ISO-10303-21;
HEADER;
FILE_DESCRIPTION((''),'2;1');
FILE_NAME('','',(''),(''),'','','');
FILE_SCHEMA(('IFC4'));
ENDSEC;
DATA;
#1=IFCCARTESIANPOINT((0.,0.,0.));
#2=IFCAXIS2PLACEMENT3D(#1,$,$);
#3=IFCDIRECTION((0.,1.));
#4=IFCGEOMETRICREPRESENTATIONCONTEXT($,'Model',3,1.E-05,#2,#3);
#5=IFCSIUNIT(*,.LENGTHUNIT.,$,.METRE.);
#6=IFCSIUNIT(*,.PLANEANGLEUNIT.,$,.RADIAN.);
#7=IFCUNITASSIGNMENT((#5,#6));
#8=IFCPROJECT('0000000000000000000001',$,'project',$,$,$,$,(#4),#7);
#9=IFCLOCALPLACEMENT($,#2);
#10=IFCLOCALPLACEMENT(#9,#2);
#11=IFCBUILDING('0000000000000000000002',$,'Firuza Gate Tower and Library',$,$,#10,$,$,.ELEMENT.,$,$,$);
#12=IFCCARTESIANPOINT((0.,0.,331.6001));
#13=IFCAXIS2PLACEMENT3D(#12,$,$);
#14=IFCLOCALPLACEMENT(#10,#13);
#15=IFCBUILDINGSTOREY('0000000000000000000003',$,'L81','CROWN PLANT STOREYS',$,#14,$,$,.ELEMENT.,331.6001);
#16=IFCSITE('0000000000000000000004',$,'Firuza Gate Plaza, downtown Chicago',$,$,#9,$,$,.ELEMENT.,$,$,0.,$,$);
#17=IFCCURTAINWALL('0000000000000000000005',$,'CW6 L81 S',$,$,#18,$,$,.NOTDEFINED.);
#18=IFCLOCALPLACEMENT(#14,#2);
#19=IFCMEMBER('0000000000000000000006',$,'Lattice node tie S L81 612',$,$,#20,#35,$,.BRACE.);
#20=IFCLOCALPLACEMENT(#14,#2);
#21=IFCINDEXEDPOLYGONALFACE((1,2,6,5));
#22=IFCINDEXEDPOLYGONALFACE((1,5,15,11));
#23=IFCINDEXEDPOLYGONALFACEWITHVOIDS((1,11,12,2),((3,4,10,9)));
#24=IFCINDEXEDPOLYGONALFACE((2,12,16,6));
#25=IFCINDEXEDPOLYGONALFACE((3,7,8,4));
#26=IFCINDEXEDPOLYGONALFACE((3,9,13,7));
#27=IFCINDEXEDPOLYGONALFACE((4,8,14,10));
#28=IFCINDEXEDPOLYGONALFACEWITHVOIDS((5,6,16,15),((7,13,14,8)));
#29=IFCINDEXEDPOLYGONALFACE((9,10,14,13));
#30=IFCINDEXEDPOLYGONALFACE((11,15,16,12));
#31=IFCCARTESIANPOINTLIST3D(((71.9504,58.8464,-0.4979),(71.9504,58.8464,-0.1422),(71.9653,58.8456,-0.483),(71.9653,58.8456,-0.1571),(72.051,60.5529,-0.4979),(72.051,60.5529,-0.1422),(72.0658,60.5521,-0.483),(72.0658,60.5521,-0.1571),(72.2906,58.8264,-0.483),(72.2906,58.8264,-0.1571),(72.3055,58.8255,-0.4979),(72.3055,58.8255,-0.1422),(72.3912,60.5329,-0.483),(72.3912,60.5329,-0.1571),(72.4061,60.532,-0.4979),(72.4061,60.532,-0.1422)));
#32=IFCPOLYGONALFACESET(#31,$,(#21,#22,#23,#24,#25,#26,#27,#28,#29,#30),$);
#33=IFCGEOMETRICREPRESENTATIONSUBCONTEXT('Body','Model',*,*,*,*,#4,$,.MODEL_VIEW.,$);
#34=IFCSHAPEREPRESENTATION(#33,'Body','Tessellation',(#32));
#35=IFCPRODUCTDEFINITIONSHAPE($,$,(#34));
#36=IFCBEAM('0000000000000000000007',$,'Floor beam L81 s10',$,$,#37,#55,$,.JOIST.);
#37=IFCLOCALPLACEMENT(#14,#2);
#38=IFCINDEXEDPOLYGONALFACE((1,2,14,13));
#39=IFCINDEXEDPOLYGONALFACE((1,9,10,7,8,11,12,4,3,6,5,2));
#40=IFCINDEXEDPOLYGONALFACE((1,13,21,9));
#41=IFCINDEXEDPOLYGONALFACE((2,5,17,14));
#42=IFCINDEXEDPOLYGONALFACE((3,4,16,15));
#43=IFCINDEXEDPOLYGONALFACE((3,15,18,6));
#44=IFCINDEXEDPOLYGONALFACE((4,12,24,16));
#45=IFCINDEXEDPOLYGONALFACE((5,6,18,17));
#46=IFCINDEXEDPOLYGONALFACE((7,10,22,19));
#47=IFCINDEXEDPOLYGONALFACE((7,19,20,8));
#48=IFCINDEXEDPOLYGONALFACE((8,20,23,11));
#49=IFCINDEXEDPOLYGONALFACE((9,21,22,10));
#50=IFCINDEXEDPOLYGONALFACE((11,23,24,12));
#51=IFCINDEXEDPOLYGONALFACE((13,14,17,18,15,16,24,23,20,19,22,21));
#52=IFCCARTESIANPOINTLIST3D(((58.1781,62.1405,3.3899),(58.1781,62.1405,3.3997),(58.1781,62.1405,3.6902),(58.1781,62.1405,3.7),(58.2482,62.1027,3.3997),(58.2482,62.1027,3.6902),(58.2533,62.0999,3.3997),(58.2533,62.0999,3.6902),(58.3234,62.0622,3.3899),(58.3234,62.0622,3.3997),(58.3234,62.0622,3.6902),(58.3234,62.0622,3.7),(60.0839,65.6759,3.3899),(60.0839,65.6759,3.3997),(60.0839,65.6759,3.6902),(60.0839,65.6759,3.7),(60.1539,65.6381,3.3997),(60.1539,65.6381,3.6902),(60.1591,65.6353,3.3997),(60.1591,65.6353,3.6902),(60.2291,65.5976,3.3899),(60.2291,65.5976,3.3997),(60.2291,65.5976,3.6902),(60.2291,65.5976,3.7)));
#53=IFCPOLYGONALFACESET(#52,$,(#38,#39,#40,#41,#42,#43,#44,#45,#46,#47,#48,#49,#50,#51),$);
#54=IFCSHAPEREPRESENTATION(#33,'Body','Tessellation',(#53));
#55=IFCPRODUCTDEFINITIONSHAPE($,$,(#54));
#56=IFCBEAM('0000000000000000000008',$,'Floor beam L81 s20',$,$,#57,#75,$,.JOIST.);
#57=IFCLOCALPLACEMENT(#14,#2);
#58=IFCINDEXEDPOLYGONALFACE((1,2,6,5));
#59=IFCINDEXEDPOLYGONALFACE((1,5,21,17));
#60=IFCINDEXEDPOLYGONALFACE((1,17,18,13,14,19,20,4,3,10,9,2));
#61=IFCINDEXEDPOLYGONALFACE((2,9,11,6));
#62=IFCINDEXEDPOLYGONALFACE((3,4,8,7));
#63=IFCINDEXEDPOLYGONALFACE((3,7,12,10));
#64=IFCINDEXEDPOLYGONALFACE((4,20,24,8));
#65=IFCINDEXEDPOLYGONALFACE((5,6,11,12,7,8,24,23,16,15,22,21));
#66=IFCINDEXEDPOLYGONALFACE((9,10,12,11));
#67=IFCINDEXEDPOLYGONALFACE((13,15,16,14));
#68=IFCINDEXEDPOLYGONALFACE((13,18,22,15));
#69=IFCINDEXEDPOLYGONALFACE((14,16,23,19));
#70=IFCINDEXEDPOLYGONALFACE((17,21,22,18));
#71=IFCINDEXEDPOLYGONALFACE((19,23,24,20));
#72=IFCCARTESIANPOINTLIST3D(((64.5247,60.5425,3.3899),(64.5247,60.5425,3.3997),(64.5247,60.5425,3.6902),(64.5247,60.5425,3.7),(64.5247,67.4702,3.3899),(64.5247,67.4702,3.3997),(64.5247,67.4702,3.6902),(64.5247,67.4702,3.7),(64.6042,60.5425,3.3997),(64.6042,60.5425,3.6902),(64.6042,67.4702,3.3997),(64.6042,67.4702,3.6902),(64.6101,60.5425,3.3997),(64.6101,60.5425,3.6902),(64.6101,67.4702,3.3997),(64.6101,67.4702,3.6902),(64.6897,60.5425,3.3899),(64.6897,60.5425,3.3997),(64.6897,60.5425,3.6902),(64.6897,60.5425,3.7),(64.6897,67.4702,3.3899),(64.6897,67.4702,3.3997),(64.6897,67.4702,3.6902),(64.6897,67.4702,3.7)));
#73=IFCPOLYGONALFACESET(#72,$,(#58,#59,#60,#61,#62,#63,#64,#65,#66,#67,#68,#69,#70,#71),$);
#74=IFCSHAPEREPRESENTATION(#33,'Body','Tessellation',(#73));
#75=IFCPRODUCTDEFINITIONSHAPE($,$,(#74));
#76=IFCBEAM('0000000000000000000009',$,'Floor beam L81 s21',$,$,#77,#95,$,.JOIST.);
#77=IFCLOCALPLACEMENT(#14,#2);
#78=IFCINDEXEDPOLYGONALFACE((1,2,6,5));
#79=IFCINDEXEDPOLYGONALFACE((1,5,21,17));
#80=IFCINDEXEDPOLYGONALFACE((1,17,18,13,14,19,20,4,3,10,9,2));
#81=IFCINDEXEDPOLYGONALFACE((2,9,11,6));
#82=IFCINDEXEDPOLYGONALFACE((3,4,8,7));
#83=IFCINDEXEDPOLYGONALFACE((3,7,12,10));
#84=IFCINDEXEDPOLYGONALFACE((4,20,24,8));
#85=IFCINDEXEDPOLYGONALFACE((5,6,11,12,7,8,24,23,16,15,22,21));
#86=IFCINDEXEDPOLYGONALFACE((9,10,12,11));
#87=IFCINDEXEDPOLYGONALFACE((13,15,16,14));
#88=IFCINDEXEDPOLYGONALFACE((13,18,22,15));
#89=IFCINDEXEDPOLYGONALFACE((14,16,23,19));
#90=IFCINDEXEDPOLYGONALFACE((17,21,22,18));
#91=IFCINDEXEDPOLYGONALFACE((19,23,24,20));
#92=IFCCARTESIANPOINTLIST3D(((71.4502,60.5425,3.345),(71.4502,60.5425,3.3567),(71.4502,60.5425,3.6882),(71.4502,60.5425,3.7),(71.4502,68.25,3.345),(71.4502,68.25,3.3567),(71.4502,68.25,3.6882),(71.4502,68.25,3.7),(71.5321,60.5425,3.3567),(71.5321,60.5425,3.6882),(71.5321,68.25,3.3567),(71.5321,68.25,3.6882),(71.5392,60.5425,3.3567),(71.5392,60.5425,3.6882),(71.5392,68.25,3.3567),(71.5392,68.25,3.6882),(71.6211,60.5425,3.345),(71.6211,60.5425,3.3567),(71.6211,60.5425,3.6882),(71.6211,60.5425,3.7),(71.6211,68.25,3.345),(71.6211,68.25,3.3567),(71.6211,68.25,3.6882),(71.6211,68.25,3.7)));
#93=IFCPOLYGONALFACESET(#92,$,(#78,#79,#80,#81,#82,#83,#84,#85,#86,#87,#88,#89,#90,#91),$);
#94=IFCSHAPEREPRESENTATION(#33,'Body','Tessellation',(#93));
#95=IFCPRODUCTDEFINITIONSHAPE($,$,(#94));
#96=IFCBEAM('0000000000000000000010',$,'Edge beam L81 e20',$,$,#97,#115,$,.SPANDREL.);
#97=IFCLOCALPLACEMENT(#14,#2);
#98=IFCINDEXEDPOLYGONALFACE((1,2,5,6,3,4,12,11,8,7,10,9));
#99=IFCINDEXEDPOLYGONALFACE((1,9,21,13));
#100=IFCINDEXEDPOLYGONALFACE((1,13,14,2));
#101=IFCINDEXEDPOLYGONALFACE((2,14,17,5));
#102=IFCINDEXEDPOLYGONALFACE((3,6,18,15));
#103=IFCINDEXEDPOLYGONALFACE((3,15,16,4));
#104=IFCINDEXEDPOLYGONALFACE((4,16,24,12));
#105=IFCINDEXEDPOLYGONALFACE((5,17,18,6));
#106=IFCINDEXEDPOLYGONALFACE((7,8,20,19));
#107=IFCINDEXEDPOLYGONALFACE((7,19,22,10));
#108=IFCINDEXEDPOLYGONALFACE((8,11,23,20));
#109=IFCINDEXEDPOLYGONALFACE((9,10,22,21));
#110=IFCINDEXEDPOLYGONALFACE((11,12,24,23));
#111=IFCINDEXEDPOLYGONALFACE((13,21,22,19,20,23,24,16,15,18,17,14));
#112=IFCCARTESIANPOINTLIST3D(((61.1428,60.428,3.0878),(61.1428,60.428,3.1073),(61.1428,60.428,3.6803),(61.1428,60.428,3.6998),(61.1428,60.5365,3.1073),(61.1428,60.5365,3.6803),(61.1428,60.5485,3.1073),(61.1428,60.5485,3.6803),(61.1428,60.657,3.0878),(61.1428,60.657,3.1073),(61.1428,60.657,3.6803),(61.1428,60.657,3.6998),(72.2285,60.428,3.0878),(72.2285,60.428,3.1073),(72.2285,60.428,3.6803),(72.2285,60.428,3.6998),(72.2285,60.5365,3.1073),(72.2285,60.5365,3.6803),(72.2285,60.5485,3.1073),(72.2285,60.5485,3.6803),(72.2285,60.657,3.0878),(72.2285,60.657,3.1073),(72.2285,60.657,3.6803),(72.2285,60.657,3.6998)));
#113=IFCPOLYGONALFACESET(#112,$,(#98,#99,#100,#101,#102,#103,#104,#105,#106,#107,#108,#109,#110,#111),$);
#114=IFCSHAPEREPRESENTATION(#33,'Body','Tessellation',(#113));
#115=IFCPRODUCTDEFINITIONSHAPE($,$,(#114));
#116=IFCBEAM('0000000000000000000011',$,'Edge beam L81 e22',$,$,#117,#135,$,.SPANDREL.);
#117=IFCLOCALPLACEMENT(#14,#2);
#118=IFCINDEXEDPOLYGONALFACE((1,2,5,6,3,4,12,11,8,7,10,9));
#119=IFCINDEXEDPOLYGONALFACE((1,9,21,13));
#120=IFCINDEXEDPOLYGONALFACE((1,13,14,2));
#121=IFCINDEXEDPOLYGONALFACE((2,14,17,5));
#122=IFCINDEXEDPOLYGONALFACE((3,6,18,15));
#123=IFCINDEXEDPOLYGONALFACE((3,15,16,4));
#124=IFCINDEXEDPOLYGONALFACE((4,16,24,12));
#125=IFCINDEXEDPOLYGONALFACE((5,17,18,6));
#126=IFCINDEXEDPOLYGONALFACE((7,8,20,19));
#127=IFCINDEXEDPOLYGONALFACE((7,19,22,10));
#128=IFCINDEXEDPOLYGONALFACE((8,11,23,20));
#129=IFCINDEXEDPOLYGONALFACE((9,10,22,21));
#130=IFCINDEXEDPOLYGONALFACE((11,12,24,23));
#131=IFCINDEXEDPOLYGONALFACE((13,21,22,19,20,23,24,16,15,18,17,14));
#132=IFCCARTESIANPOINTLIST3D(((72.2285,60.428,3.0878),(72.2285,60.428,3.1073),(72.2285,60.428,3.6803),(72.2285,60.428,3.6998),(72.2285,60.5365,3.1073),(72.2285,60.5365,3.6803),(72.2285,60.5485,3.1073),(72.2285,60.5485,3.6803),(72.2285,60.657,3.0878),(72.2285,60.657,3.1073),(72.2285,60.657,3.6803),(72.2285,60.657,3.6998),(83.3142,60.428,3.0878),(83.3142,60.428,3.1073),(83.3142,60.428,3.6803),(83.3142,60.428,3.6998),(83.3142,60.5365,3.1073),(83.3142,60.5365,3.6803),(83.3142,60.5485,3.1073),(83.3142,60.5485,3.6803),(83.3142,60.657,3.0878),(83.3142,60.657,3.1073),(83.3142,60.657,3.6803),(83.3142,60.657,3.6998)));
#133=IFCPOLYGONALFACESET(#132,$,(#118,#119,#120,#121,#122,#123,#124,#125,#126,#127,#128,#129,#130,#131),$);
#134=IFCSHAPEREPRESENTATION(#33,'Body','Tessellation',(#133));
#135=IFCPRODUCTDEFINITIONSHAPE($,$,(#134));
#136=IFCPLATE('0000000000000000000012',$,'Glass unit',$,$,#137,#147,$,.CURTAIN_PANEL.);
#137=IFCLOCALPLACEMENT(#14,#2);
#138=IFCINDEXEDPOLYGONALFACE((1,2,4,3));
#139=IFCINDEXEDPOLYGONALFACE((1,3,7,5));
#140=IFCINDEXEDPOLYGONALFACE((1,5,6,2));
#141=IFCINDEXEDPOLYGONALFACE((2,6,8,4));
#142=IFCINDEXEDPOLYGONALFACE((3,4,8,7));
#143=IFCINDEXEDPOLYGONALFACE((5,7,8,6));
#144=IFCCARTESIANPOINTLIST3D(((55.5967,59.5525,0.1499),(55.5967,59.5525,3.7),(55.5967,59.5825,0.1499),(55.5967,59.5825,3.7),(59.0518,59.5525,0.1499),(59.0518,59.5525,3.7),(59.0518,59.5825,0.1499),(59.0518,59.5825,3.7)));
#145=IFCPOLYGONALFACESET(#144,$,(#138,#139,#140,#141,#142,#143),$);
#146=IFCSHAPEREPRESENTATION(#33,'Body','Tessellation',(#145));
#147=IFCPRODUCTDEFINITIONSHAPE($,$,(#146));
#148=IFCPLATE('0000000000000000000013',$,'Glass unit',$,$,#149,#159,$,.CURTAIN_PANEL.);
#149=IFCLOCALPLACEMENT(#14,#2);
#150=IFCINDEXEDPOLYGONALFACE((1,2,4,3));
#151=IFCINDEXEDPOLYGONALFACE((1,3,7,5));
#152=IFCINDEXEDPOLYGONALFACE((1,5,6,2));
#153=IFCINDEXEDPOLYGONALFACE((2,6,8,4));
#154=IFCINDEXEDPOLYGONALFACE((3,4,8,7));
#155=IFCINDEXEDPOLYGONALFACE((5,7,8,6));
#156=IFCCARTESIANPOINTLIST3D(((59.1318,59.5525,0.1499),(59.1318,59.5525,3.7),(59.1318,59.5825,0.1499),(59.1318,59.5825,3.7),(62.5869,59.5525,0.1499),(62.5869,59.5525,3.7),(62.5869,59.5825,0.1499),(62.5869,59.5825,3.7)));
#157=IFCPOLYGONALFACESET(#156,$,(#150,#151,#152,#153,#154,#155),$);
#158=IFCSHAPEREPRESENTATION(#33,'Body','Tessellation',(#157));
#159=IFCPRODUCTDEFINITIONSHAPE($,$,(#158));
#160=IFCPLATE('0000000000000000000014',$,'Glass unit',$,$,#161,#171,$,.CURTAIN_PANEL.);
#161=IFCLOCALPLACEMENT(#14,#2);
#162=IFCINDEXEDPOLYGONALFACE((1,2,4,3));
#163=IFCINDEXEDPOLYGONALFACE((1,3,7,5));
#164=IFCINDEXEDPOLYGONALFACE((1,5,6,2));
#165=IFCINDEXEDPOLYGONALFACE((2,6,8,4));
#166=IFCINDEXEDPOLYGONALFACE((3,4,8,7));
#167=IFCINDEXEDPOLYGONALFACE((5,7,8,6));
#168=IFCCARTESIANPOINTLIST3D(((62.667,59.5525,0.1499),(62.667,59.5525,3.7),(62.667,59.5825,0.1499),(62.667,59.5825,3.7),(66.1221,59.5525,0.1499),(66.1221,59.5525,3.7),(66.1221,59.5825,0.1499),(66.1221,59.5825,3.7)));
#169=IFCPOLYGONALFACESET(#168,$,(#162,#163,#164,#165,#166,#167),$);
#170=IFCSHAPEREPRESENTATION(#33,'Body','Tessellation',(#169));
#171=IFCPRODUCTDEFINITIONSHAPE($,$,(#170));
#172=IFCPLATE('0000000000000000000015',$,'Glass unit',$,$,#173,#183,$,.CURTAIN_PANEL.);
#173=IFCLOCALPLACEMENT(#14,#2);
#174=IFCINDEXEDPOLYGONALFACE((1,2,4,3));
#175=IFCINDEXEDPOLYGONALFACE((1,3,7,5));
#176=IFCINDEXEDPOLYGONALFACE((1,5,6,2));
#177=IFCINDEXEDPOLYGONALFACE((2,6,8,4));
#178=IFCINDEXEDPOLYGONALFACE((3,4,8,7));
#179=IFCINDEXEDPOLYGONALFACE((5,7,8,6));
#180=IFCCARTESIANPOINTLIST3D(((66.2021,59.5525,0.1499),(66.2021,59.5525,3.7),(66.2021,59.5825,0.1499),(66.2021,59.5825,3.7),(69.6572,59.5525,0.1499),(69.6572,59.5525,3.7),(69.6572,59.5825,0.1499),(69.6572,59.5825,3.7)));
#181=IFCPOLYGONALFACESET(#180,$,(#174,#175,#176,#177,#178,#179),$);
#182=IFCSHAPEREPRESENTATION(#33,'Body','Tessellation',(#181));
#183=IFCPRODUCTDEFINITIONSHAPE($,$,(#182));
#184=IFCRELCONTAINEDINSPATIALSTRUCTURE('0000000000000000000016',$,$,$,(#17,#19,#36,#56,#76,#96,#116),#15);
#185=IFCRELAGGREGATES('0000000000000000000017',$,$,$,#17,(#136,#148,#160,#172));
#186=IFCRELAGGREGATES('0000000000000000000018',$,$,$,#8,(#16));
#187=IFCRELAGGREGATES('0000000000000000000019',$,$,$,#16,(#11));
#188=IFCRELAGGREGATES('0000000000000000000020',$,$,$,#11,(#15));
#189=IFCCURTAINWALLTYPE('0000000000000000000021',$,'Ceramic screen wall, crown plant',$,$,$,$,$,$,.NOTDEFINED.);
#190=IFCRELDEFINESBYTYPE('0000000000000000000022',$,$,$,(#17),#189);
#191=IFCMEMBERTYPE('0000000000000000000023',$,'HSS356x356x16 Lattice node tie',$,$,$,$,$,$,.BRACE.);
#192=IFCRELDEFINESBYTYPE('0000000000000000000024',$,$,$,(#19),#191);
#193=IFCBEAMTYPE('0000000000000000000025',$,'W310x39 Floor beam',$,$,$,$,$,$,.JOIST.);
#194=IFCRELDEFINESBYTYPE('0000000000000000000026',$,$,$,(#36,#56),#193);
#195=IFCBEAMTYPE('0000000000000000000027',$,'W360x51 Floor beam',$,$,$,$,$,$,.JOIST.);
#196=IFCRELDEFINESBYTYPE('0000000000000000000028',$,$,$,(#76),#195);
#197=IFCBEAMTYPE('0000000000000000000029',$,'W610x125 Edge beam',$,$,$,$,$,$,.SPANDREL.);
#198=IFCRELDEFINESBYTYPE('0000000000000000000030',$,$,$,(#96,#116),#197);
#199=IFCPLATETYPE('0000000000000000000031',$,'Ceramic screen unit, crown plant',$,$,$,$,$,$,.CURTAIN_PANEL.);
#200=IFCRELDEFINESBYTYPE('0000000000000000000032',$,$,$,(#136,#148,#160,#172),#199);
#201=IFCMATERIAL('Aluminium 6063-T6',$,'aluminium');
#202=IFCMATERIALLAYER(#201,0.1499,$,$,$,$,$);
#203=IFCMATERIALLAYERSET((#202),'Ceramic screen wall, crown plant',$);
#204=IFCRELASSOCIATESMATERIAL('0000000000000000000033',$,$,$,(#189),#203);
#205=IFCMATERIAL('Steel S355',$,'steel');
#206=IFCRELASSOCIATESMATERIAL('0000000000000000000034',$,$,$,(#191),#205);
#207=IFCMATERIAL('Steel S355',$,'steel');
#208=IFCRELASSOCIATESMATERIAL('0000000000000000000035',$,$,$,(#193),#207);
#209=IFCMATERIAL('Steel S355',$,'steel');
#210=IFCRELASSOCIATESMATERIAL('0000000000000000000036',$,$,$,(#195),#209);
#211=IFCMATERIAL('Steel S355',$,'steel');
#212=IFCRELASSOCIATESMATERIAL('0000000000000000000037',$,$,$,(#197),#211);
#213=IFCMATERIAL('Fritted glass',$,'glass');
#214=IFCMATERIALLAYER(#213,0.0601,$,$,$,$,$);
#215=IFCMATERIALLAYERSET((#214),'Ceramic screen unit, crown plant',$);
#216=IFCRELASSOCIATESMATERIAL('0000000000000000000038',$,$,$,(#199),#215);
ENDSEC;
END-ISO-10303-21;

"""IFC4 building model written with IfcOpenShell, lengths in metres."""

from ifc_helpers import new_model, si_unit, direction, frame, origin, origin_2d, place, context, subcontext, project, spatial, polyline, hollow_rectangle, i_section, outline, extrude, material, layer, layer_set, material_profile, profile_set, type_object, element, aggregate, save


model = new_model("IFC4")

# Units and contexts
model_context = context("Model", 3, precision=1e-05, world=origin(), true_north=direction((0.0, 1.0)))
body_context = subcontext(model_context, "Body", "Model", "MODEL_VIEW")
ifc_project = project(units=[si_unit("LENGTHUNIT", "METRE"), si_unit("PLANEANGLEUNIT", "RADIAN")], contexts=[model_context])

# Site, building, storey
site_placement = place(None, origin())
site = spatial("IfcSite", under=ifc_project, at=site_placement, Name="Firuza Gate Plaza, downtown Chicago", CompositionType="ELEMENT", RefElevation=0.0)
building_placement = place(site_placement, origin())
building = spatial("IfcBuilding", under=site, at=building_placement, Name="Firuza Gate Tower and Library", CompositionType="ELEMENT")
storey_placement = place(building_placement, frame((0.0, 0.0, 331.6001)))
storey = spatial("IfcBuildingStorey", under=building, at=storey_placement, Name="L81", Description="CROWN PLANT STOREYS", CompositionType="ELEMENT", Elevation=331.6001)

# Curtain wall
ifc_material_1 = material(Name="Aluminium 6063-T6", Category="aluminium")
ifc_layer_1 = layer(ifc_material_1, 0.1499)
ifc_layer_set_1 = layer_set([ifc_layer_1], Name="Ceramic screen wall, crown plant")
curtain_wall_type = type_object("IfcCurtainWallType", Name="Ceramic screen wall, crown plant", PredefinedType="NOTDEFINED", material=ifc_layer_set_1)
placement_1 = place(storey_placement, origin())
curtain_wall_1 = element("IfcCurtainWall", 1, at=placement_1, inside=storey, type_object=curtain_wall_type, Name="CW6 L81 S", PredefinedType="NOTDEFINED")

# Member
ifc_material_2 = material(Name="Steel S355", Category="steel")
ifc_material_profile_1 = material_profile(ifc_material_2, hollow_rectangle(XDim=0.3557, YDim=0.3557, WallThickness=0.0149, at=origin_2d()))
ifc_profile_set_1 = profile_set([ifc_material_profile_1], Name="Steel S355")
member_type_1 = type_object("IfcMemberType", Name="HSS356x356x16 Lattice node tie", PredefinedType="BRACE", material=ifc_profile_set_1)
member_1_placement = place(storey_placement, frame((72.2285, 60.5425, -0.3201), z_axis=(-0.058839, -0.998267, 0.0), x_axis=(0.998267, -0.058839, 0.0)))
element("IfcMember", 2, at=member_1_placement, inside=storey, type_object=member_type_1, Name="Lattice node tie S L81 612", PredefinedType="BRACE", context=body_context, shape_type="SweptSolid", body=[
    extrude(hollow_rectangle(XDim=0.3557, YDim=0.3557, WallThickness=0.0149, at=origin_2d()), origin(), (0.0, 0.0, 1.0), 1.7095),
])

# Beams
ifc_material_3 = material(Name="Steel S355", Category="steel")
ifc_material_profile_2 = material_profile(ifc_material_3, i_section(OverallWidth=0.165, OverallDepth=0.3101, WebThickness=0.0059, FlangeThickness=0.0098, at=origin_2d()))
ifc_profile_set_2 = profile_set([ifc_material_profile_2], Name="Steel S355")
beam_type_1 = type_object("IfcBeamType", Name="W310x39 Floor beam", PredefinedType="JOIST", material=ifc_profile_set_2)
beam_1_placement = place(storey_placement, frame((58.2507, 62.1013, 3.5449), z_axis=(0.474502, 0.880254, 0.0), x_axis=(-0.880254, 0.474502, 0.0)))
element("IfcBeam", 3, at=beam_1_placement, inside=storey, type_object=beam_type_1, Name="Floor beam L81 s10", PredefinedType="JOIST", context=body_context, shape_type="SweptSolid", body=[
    extrude(i_section(OverallWidth=0.165, OverallDepth=0.3101, WebThickness=0.0059, FlangeThickness=0.0098, at=origin_2d()), origin(), (0.0, 0.0, 1.0), 4.0164),
])
beam_2_placement = place(storey_placement, frame((64.6072, 60.5425, 3.5449), z_axis=(0.0, 1.0, 0.0), x_axis=(-1.0, 0.0, 0.0)))
element("IfcBeam", 4, at=beam_2_placement, inside=storey, type_object=beam_type_1, Name="Floor beam L81 s20", PredefinedType="JOIST", context=body_context, shape_type="SweptSolid", body=[
    extrude(i_section(OverallWidth=0.165, OverallDepth=0.3101, WebThickness=0.0059, FlangeThickness=0.0098, at=origin_2d()), origin(), (0.0, 0.0, 1.0), 6.9277),
])
ifc_material_4 = material(Name="Steel S355", Category="steel")
ifc_material_profile_3 = material_profile(ifc_material_4, i_section(OverallWidth=0.1709, OverallDepth=0.355, WebThickness=0.0071, FlangeThickness=0.0117, at=origin_2d()))
ifc_profile_set_3 = profile_set([ifc_material_profile_3], Name="Steel S355")
beam_type_2 = type_object("IfcBeamType", Name="W360x51 Floor beam", PredefinedType="JOIST", material=ifc_profile_set_3)
beam_3_placement = place(storey_placement, frame((71.5356, 60.5425, 3.5225), z_axis=(0.0, 1.0, 0.0), x_axis=(-1.0, 0.0, 0.0)))
element("IfcBeam", 5, at=beam_3_placement, inside=storey, type_object=beam_type_2, Name="Floor beam L81 s21", PredefinedType="JOIST", context=body_context, shape_type="SweptSolid", body=[
    extrude(i_section(OverallWidth=0.1709, OverallDepth=0.355, WebThickness=0.0071, FlangeThickness=0.0117, at=origin_2d()), origin(), (0.0, 0.0, 1.0), 7.7075),
])
ifc_material_5 = material(Name="Steel S355", Category="steel")
ifc_material_profile_4 = material_profile(ifc_material_5, i_section(OverallWidth=0.229, OverallDepth=0.6121, WebThickness=0.012, FlangeThickness=0.0195, at=origin_2d()))
ifc_profile_set_4 = profile_set([ifc_material_profile_4], Name="Steel S355")
beam_type_3 = type_object("IfcBeamType", Name="W610x125 Edge beam", PredefinedType="SPANDREL", material=ifc_profile_set_4)
for number, where, z_axis, x_axis, name in (
    (6, (61.1428, 60.5425, 3.3938), (1.0, 0.0, 0.0), (0.0, 1.0, 0.0), "Edge beam L81 e20"),
    (7, (72.2285, 60.5425, 3.3938), (1.0, 0.0, 0.0), (0.0, 1.0, 0.0), "Edge beam L81 e22"),
):
    element("IfcBeam", number, at=place(storey_placement, frame(where, z_axis=z_axis, x_axis=x_axis)), inside=storey, type_object=beam_type_3, Name=name, PredefinedType="SPANDREL", context=body_context, shape_type="SweptSolid", body=[
        extrude(i_section(OverallWidth=0.229, OverallDepth=0.6121, WebThickness=0.012, FlangeThickness=0.0195, at=origin_2d()), origin(), (0.0, 0.0, 1.0), 11.0857),
    ])

# Plates
ifc_material_6 = material(Name="Fritted glass", Category="glass")
ifc_layer_2 = layer(ifc_material_6, 0.0601)
ifc_layer_set_2 = layer_set([ifc_layer_2], Name="Ceramic screen unit, crown plant")
plate_type = type_object("IfcPlateType", Name="Ceramic screen unit, crown plant", PredefinedType="CURTAIN_PANEL", material=ifc_layer_set_2)
plate_1_placement = place(storey_placement, frame((55.5967, 59.5525, 0.1499), z_axis=(0.0, -1.0, 0.0), x_axis=(1.0, 0.0, 0.0)))
plate_1 = element("IfcPlate", 8, at=plate_1_placement, type_object=plate_type, Name="Glass unit", PredefinedType="CURTAIN_PANEL", context=body_context, shape_type="SweptSolid", body=[
    extrude(outline(polyline([(0.0, 0.0), (3.4551, 0.0), (3.4551, 3.55), (0.0, 3.55), (0.0, 0.0)])), origin(), (0.0, 0.0, -1.0), 0.03),
])
plate_2_placement = place(storey_placement, frame((59.1318, 59.5525, 0.1499), z_axis=(0.0, -1.0, 0.0), x_axis=(1.0, 0.0, 0.0)))
plate_2 = element("IfcPlate", 9, at=plate_2_placement, type_object=plate_type, Name="Glass unit", PredefinedType="CURTAIN_PANEL", context=body_context, shape_type="SweptSolid", body=[
    extrude(outline(polyline([(0.0, 0.0), (3.4551, 0.0), (3.4551, 3.55), (0.0, 3.55), (0.0, 0.0)])), origin(), (0.0, 0.0, -1.0), 0.03),
])
plate_3_placement = place(storey_placement, frame((62.667, 59.5525, 0.1499), z_axis=(0.0, -1.0, 0.0), x_axis=(1.0, 0.0, 0.0)))
plate_3 = element("IfcPlate", 10, at=plate_3_placement, type_object=plate_type, Name="Glass unit", PredefinedType="CURTAIN_PANEL", context=body_context, shape_type="SweptSolid", body=[
    extrude(outline(polyline([(0.0, 0.0), (3.4551, 0.0), (3.4551, 3.55), (0.0, 3.55), (0.0, 0.0)])), origin(), (0.0, 0.0, -1.0), 0.03),
])
plate_4_placement = place(storey_placement, frame((66.2021, 59.5525, 0.1499), z_axis=(0.0, -1.0, 0.0), x_axis=(1.0, 0.0, 0.0)))
plate_4 = element("IfcPlate", 11, at=plate_4_placement, type_object=plate_type, Name="Glass unit", PredefinedType="CURTAIN_PANEL", context=body_context, shape_type="SweptSolid", body=[
    extrude(outline(polyline([(0.0, 0.0), (3.4551, 0.0), (3.4551, 3.55), (0.0, 3.55), (0.0, 0.0)])), origin(), (0.0, 0.0, -1.0), 0.03),
])
aggregate(curtain_wall_1, [plate_1, plate_2, plate_3, plate_4])

save(model, "model.ifc")
